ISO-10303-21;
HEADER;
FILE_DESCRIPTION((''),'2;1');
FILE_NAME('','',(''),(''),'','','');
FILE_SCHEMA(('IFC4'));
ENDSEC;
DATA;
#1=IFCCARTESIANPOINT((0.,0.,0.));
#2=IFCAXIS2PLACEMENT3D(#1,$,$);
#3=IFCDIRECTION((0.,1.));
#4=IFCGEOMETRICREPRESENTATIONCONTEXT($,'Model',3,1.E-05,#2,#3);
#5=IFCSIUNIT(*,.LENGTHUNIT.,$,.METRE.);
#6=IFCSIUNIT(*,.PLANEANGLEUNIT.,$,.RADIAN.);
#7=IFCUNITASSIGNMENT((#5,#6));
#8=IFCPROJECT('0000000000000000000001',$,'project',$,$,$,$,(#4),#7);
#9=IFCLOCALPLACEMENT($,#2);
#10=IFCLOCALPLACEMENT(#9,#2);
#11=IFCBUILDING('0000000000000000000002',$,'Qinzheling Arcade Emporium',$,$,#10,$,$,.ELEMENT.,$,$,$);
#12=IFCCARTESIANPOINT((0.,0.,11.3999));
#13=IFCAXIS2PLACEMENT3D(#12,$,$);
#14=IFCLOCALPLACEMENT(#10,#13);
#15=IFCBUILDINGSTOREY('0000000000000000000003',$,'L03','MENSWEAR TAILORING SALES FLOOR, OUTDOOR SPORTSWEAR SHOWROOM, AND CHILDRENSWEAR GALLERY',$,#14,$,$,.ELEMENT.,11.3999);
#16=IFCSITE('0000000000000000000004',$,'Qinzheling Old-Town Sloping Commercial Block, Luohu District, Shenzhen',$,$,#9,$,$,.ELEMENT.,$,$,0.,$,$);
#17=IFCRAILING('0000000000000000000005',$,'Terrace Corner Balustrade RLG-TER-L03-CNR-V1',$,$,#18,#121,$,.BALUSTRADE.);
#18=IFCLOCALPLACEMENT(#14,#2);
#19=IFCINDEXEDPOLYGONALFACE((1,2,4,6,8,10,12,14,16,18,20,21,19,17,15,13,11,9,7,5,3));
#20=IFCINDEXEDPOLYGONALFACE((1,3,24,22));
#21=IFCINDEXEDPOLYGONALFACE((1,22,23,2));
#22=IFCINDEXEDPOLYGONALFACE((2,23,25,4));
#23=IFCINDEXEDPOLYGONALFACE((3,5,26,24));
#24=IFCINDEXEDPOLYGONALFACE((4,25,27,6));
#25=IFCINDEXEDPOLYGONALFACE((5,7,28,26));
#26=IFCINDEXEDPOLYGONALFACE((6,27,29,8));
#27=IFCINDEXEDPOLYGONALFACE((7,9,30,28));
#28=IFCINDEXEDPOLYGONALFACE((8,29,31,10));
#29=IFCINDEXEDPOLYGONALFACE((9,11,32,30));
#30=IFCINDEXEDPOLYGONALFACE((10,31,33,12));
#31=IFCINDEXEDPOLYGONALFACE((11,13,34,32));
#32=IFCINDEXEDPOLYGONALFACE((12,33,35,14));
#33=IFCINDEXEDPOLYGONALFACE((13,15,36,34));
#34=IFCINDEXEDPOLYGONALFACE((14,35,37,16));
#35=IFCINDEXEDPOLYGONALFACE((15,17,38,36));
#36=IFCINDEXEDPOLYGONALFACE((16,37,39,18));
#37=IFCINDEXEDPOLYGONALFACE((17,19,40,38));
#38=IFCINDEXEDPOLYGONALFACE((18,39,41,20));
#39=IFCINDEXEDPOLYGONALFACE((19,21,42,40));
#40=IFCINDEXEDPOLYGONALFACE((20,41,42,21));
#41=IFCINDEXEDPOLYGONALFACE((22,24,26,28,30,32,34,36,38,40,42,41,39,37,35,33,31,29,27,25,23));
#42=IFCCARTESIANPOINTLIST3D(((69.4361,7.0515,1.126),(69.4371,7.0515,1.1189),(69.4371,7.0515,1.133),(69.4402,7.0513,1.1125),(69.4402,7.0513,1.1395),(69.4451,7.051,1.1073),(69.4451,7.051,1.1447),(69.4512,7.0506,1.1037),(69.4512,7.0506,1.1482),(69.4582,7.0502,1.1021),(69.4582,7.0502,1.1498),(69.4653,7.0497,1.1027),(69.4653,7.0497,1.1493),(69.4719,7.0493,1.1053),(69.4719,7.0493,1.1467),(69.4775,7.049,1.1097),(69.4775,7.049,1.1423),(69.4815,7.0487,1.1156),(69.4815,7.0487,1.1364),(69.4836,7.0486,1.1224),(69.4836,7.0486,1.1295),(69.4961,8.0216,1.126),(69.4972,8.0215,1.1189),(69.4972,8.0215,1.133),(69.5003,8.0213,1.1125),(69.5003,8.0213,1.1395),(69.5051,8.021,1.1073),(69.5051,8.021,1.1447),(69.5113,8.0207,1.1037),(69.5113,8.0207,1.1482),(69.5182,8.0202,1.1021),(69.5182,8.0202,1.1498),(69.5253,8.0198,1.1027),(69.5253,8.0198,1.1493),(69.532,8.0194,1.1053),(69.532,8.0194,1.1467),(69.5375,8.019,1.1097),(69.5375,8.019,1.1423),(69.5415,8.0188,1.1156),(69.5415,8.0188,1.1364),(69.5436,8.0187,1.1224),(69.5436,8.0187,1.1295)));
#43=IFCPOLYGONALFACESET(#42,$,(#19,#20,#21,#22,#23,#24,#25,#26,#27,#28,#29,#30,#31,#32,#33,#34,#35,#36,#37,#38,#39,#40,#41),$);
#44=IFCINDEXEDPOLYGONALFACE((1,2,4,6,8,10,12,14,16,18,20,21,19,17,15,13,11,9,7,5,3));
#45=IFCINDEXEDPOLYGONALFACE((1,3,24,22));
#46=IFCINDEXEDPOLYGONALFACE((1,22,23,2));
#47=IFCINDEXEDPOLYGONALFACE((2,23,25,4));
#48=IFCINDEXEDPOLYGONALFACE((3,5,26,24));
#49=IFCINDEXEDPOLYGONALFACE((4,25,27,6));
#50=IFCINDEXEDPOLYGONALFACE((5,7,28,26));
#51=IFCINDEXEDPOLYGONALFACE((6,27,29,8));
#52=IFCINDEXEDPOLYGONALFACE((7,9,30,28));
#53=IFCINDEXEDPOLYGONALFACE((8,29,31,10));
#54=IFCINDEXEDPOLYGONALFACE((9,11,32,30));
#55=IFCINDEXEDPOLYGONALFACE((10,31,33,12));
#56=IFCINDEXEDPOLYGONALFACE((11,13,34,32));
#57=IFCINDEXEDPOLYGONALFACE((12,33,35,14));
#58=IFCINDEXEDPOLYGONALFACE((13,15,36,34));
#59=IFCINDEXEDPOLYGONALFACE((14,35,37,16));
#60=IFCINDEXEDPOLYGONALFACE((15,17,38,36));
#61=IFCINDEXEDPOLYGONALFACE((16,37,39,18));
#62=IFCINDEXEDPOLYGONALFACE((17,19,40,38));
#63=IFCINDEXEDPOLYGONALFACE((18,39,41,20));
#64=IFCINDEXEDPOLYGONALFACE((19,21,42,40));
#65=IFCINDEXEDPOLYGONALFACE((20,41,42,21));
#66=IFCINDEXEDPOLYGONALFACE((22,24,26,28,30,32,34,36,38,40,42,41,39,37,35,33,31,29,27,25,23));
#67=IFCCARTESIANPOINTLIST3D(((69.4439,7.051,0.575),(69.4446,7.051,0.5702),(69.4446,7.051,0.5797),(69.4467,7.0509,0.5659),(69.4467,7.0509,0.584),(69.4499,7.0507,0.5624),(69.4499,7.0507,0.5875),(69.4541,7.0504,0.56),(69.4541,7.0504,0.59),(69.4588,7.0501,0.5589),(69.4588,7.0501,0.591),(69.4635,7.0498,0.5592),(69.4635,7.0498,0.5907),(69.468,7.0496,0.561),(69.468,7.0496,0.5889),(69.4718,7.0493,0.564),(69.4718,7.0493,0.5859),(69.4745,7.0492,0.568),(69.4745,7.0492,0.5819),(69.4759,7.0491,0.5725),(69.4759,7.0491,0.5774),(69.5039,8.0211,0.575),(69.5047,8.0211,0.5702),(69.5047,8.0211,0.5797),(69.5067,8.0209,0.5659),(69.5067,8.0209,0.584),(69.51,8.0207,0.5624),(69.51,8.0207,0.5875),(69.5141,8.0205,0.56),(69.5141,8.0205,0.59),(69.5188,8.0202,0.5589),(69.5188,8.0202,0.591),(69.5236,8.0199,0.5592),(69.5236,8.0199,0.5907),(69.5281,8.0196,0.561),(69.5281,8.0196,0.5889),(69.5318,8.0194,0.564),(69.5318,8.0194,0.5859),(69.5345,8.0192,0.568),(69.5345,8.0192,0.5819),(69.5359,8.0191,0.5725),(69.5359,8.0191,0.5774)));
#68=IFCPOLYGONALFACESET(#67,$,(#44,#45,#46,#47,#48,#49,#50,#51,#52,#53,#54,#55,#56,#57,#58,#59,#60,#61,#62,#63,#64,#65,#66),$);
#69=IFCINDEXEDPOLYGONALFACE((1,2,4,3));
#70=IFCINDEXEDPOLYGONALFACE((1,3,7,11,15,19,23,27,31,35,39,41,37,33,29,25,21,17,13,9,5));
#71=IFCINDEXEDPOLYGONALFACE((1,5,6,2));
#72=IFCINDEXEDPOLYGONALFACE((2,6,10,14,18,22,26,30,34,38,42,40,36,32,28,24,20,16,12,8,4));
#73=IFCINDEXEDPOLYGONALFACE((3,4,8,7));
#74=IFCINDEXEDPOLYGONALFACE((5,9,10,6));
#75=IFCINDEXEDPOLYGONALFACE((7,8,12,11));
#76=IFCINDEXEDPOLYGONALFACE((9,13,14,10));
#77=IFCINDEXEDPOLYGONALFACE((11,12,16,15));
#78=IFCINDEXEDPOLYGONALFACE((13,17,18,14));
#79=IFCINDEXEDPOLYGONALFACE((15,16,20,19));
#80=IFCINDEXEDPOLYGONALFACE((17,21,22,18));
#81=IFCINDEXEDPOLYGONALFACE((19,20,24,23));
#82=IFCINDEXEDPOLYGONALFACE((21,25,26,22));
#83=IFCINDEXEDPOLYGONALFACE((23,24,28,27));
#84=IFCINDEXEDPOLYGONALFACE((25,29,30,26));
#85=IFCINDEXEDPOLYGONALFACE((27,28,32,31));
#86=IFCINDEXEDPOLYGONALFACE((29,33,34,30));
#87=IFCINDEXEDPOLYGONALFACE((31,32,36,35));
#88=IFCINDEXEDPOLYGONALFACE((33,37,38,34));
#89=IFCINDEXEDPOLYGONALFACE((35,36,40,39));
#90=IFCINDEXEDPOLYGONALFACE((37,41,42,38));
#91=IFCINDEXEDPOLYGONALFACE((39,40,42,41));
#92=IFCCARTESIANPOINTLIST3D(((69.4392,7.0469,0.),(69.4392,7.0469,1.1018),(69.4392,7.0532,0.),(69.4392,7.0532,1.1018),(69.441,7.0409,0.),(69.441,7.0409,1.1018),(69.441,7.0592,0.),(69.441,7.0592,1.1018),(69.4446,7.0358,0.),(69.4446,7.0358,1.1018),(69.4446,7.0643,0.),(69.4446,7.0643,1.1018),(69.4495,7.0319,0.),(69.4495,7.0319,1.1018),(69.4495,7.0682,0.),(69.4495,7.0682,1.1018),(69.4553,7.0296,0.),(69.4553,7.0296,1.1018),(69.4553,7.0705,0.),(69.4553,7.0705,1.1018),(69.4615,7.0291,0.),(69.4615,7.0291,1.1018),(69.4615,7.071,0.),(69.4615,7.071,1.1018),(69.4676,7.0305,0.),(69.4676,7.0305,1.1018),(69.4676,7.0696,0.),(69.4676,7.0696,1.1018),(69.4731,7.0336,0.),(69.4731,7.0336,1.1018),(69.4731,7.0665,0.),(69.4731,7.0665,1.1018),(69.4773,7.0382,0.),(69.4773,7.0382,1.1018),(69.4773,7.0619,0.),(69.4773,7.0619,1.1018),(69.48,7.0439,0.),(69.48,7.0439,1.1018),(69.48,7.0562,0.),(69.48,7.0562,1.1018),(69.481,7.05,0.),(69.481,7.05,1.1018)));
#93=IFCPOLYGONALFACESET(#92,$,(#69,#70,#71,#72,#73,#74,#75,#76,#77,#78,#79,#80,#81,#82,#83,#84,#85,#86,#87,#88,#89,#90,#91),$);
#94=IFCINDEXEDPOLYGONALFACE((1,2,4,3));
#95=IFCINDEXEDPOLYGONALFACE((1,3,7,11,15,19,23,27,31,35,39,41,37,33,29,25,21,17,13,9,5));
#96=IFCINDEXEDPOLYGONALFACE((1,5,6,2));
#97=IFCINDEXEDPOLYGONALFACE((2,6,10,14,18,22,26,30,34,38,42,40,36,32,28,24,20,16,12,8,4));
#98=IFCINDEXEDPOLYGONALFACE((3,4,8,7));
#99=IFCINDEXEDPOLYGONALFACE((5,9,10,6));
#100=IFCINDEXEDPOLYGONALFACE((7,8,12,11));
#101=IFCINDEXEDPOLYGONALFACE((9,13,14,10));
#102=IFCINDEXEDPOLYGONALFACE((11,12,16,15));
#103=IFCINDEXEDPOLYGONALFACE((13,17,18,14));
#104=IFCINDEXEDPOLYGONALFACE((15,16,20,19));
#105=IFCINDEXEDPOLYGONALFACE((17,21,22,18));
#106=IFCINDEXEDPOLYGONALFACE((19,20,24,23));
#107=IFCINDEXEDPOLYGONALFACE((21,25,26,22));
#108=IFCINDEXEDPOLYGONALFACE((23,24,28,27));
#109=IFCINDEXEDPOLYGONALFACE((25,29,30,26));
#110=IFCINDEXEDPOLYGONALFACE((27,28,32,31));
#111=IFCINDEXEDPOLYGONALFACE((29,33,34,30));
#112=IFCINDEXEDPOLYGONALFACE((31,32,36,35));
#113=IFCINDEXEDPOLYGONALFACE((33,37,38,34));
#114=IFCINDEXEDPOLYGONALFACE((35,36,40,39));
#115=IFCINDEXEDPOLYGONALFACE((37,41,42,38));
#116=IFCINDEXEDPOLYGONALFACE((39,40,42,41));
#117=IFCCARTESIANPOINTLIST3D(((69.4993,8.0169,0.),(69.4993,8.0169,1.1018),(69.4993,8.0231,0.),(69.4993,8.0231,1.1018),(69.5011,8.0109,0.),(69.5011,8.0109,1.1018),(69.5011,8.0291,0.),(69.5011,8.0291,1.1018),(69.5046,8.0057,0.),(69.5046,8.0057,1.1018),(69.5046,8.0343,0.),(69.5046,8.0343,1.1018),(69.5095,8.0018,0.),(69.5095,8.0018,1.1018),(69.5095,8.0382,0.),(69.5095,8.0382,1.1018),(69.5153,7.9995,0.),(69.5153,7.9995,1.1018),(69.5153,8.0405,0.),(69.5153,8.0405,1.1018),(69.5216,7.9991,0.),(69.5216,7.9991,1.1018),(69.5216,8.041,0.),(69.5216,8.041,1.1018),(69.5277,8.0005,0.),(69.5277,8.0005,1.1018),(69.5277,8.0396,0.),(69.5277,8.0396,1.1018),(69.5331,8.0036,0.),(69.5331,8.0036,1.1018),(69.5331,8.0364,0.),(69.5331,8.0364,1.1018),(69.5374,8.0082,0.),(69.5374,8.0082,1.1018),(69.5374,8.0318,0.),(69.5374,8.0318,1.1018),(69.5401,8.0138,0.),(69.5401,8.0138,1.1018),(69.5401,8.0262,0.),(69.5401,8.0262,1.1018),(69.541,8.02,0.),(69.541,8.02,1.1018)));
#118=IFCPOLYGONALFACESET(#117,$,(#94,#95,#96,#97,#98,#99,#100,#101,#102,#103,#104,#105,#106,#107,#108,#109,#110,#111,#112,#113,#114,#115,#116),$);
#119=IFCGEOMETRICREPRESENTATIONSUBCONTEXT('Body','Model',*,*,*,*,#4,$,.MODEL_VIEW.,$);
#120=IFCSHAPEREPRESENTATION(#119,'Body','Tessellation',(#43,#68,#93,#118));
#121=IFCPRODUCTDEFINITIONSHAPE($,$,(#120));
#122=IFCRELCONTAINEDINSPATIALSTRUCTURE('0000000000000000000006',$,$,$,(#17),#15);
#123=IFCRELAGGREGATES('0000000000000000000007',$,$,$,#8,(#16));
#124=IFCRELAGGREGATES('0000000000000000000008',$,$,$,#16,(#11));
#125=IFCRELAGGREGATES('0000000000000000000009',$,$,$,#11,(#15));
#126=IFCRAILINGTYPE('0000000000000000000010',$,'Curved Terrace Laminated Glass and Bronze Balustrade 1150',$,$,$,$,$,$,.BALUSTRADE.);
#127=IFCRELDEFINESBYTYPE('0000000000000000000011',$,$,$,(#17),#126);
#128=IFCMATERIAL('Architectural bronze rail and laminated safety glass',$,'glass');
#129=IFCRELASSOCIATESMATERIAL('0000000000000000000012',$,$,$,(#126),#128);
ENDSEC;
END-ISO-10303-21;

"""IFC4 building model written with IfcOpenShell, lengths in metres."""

from ifc_helpers import new_model, si_unit, direction, frame, origin, origin_2d, place, context, subcontext, project, spatial, circle, extrude, material, type_object, element, save


model = new_model("IFC4")

# Units and contexts
model_context = context("Model", 3, precision=1e-05, world=origin(), true_north=direction((0.0, 1.0)))
body_context = subcontext(model_context, "Body", "Model", "MODEL_VIEW")
ifc_project = project(units=[si_unit("LENGTHUNIT", "METRE"), si_unit("PLANEANGLEUNIT", "RADIAN")], contexts=[model_context])

# Site, building, storey
site_placement = place(None, origin())
site = spatial("IfcSite", under=ifc_project, at=site_placement, Name="Qinzheling Old-Town Sloping Commercial Block, Luohu District, Shenzhen", CompositionType="ELEMENT", RefElevation=0.0)
building_placement = place(site_placement, origin())
building = spatial("IfcBuilding", under=site, at=building_placement, Name="Qinzheling Arcade Emporium", CompositionType="ELEMENT")
storey_placement = place(building_placement, frame((0.0, 0.0, 11.3999)))
storey = spatial("IfcBuildingStorey", under=building, at=storey_placement, Name="L03", Description="MENSWEAR TAILORING SALES FLOOR, OUTDOOR SPORTSWEAR SHOWROOM, AND CHILDRENSWEAR GALLERY", CompositionType="ELEMENT", Elevation=11.3999)

# Railing
ifc_material_1 = material(Name="Architectural bronze rail and laminated safety glass", Category="glass")
railing_type = type_object("IfcRailingType", Name="Curved Terrace Laminated Glass and Bronze Balustrade 1150", PredefinedType="BALUSTRADE", material=ifc_material_1)
railing_placement = place(storey_placement, frame((69.46, 7.05, 0.0)))
element("IfcRailing", 1, at=railing_placement, inside=storey, type_object=railing_type, Name="Terrace Corner Balustrade RLG-TER-L03-CNR-V1", PredefinedType="BALUSTRADE", context=body_context, shape_type="SweptSolid", body=[
    extrude(circle(Radius=0.0239, at=origin_2d()), frame((0.0, 0.0, 1.126), z_axis=(0.0618, 0.998089, 0.0), x_axis=(-0.998089, 0.0618, 0.0)), (0.0, 0.0, 1.0), 0.9719),
    extrude(circle(Radius=0.0161, at=origin_2d()), frame((0.0, 0.0, 0.575), z_axis=(0.0618, 0.998089, 0.0), x_axis=(-0.998089, 0.0618, 0.0)), (0.0, 0.0, 1.0), 0.9719),
    extrude(circle(Radius=0.021, at=origin_2d()), origin(), (0.0, 0.0, 1.0), 1.1018),
    extrude(circle(Radius=0.021, at=origin_2d()), frame((0.0601, 0.97, 0.0)), (0.0, 0.0, 1.0), 1.1018),
])

save(model, "model.ifc")
